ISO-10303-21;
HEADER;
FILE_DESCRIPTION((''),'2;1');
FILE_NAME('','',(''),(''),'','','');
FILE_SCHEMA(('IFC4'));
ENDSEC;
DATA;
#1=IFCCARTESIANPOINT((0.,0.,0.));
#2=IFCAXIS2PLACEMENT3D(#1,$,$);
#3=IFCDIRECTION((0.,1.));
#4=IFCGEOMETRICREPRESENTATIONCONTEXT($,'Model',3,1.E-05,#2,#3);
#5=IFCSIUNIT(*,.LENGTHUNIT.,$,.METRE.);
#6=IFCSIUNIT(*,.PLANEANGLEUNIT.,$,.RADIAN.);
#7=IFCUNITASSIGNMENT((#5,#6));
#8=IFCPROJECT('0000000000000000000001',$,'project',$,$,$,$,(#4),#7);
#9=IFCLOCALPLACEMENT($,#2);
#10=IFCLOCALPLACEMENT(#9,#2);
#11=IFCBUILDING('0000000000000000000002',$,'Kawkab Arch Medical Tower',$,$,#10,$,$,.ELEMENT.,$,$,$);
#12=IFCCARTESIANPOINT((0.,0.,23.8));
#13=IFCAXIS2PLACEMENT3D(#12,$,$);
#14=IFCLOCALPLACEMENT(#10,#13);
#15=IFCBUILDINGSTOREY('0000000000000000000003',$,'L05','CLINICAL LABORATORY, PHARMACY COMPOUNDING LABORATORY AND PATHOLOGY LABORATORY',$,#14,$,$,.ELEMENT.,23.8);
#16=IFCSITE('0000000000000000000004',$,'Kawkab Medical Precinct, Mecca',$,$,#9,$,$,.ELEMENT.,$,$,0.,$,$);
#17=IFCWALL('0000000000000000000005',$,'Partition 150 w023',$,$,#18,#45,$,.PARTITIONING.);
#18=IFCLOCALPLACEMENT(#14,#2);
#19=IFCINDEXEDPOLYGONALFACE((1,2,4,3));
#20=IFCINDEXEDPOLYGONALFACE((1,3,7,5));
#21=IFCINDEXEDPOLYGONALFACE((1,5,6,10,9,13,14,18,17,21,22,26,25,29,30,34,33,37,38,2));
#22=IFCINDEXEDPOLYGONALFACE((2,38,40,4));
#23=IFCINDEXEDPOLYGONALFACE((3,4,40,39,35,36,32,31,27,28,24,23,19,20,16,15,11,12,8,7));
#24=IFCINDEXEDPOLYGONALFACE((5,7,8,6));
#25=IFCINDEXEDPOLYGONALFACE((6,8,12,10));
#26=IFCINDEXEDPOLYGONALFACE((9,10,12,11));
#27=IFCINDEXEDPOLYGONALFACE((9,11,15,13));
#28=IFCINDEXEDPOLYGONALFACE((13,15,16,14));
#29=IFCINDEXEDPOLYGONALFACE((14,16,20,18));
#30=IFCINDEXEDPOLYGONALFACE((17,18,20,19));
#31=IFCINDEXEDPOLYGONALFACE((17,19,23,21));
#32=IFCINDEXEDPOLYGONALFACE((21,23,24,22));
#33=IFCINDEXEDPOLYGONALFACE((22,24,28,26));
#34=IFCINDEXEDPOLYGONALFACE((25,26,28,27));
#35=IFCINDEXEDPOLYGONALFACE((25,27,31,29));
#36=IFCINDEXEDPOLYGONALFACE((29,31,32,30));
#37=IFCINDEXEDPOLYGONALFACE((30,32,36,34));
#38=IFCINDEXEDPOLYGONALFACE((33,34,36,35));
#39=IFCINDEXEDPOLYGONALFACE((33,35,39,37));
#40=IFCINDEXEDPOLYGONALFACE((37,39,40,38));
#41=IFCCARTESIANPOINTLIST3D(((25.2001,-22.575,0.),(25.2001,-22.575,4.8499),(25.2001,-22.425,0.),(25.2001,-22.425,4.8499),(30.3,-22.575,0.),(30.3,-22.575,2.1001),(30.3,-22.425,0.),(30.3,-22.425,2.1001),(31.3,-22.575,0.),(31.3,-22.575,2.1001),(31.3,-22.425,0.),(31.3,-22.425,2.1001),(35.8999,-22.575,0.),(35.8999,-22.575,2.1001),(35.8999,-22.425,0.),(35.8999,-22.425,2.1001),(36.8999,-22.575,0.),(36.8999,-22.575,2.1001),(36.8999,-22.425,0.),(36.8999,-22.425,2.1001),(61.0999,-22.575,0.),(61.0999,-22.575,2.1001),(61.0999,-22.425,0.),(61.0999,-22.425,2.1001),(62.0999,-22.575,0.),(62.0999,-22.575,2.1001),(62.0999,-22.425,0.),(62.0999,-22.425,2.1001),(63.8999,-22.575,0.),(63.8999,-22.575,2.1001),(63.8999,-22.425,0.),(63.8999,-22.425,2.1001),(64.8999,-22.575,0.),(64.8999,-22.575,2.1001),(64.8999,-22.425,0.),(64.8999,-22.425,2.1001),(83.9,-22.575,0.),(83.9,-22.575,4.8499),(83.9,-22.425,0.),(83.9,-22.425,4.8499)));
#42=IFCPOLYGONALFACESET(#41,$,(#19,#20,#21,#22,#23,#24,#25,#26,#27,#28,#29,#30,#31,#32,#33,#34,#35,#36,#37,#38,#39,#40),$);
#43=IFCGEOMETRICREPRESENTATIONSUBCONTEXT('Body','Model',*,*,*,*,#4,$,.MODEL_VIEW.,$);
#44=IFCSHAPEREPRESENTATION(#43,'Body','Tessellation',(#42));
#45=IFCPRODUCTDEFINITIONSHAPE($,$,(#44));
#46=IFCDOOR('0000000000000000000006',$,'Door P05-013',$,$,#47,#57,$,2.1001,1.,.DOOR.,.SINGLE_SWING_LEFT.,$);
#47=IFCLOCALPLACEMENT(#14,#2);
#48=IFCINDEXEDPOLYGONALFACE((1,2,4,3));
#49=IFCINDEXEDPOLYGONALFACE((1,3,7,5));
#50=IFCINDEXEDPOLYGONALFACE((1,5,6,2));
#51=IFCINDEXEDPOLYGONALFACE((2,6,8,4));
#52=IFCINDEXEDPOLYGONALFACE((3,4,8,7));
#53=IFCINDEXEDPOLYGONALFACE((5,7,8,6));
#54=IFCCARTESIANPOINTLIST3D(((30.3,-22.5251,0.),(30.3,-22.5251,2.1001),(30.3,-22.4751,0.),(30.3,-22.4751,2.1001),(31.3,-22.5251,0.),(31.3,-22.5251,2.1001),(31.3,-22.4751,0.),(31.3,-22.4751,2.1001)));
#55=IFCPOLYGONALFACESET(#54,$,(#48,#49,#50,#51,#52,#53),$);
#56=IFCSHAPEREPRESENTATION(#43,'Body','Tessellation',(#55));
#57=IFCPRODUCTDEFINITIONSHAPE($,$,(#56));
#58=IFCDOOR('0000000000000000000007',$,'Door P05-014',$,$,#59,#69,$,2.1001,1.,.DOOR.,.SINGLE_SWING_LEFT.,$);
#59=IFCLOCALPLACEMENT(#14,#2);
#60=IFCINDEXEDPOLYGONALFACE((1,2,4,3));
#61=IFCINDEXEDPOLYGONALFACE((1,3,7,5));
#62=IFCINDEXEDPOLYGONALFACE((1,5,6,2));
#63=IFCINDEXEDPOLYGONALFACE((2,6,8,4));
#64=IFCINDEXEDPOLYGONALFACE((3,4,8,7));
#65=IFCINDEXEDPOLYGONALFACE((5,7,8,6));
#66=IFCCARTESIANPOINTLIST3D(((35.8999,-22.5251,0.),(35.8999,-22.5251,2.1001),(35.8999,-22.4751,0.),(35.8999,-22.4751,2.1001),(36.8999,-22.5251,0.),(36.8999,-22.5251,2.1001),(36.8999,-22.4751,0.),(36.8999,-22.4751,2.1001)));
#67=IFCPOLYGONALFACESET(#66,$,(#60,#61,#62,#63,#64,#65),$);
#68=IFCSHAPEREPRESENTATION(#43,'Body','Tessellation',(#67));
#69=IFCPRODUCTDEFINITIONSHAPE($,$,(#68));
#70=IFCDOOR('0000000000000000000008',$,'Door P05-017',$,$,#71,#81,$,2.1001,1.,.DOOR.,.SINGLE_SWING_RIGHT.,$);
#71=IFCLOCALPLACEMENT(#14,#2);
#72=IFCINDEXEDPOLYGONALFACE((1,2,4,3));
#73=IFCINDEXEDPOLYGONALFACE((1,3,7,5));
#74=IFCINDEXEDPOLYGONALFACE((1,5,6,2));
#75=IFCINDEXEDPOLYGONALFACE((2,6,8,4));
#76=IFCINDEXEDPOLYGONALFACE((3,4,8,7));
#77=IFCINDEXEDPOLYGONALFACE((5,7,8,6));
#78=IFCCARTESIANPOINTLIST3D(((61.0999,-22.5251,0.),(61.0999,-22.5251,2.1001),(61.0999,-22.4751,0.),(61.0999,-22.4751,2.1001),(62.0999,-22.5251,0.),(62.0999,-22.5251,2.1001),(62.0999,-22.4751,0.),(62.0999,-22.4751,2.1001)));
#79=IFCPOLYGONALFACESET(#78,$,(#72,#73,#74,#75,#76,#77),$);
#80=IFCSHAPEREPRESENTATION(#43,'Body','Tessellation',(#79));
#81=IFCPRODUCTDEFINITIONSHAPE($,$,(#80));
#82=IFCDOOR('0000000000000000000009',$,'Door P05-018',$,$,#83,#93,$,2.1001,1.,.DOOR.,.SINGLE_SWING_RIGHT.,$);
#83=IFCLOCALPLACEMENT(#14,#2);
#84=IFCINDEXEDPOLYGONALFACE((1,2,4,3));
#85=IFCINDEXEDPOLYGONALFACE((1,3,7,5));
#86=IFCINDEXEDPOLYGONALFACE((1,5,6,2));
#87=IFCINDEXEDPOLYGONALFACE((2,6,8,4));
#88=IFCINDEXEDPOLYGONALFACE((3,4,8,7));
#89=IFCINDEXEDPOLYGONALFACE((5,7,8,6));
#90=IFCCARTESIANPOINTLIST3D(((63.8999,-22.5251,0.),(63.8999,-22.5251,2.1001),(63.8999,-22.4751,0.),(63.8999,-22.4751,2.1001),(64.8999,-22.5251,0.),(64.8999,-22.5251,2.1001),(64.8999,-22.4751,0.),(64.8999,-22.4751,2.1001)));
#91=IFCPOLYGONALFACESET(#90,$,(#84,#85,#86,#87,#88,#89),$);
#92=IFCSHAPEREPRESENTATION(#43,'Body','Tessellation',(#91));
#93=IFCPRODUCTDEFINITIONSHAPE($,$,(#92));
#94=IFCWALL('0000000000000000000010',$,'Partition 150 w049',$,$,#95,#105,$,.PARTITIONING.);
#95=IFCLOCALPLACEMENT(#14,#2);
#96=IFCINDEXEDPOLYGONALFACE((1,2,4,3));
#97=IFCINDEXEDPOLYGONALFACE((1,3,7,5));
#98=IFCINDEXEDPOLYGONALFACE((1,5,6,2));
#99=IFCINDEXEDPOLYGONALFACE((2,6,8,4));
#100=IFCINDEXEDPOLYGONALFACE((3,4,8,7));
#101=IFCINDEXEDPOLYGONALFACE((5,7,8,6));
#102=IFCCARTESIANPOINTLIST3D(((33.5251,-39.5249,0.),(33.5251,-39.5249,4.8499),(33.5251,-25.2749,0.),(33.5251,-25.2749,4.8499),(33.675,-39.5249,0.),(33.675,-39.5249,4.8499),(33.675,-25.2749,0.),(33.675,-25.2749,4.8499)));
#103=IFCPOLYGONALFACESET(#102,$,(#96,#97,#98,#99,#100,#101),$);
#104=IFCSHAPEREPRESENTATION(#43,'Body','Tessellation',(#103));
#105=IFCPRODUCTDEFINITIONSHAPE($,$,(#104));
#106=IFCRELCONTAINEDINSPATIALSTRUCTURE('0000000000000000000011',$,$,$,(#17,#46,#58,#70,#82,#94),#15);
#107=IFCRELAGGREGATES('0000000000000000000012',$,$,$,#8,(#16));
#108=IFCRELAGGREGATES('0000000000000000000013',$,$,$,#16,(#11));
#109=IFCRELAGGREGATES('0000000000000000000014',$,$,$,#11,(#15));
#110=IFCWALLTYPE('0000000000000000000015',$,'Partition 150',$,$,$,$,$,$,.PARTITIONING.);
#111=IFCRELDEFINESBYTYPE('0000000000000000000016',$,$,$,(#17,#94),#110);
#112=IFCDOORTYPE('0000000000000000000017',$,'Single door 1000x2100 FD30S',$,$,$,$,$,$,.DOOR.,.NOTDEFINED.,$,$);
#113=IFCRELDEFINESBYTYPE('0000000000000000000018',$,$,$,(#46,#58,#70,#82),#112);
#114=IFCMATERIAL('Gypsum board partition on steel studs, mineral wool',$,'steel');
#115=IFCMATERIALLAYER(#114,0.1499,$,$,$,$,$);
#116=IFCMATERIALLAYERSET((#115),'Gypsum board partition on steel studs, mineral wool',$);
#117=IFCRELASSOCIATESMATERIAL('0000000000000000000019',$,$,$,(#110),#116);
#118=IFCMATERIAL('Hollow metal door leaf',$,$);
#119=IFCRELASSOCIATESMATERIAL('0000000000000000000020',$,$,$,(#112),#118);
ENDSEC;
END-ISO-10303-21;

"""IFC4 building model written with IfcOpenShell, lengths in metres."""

from ifc_helpers import new_model, si_unit, direction, frame, frame_2d, origin, place, context, subcontext, project, spatial, rectangle, extrude, material, layer, layer_set, type_object, element, fill, save


model = new_model("IFC4")

# Units and contexts
model_context = context("Model", 3, precision=1e-05, world=origin(), true_north=direction((0.0, 1.0)))
body_context = subcontext(model_context, "Body", "Model", "MODEL_VIEW")
ifc_project = project(units=[si_unit("LENGTHUNIT", "METRE"), si_unit("PLANEANGLEUNIT", "RADIAN")], contexts=[model_context])

# Site, building, storey
site_placement = place(None, origin())
site = spatial("IfcSite", under=ifc_project, at=site_placement, Name="Kawkab Medical Precinct, Mecca", CompositionType="ELEMENT", RefElevation=0.0)
building_placement = place(site_placement, origin())
building = spatial("IfcBuilding", under=site, at=building_placement, Name="Kawkab Arch Medical Tower", CompositionType="ELEMENT")
storey_placement = place(building_placement, frame((0.0, 0.0, 23.8)))
storey = spatial("IfcBuildingStorey", under=building, at=storey_placement, Name="L05", Description="CLINICAL LABORATORY, PHARMACY COMPOUNDING LABORATORY AND PATHOLOGY LABORATORY", CompositionType="ELEMENT", Elevation=23.8)

# Wall, openings, doors
ifc_material_1 = material(Name="Gypsum board partition on steel studs, mineral wool", Category="steel")
ifc_layer = layer(ifc_material_1, 0.1499)
ifc_layer_set = layer_set([ifc_layer], Name="Gypsum board partition on steel studs, mineral wool")
wall_type = type_object("IfcWallType", Name="Partition 150", PredefinedType="PARTITIONING", material=ifc_layer_set)
ifc_material_2 = material(Name="Hollow metal door leaf")
door_type = type_object("IfcDoorType", Name="Single door 1000x2100 FD30S", OperationType="NOTDEFINED", PredefinedType="DOOR", material=ifc_material_2)
wall_1_placement = place(storey_placement, frame((25.2, -22.5, 0.0), z_axis=(0.0, 0.0, 1.0), x_axis=(1.0, 0.0, 0.0)))
wall_1 = element("IfcWall", 1, at=wall_1_placement, inside=storey, type_object=wall_type, Name="Partition 150 w023", PredefinedType="PARTITIONING", context=body_context, shape_type="SweptSolid", body=[
    extrude(rectangle(XDim=58.7, YDim=0.1499, at=frame_2d((29.3501, 0.0))), origin(), (0.0, 0.0, 1.0), 4.8499),
])
opening_1_placement = place(wall_1_placement, frame((5.1001, 0.0, 0.0)))
opening_1 = element("IfcOpeningElement", 2, at=opening_1_placement, cuts=wall_1, PredefinedType="OPENING", context=body_context, shape_type="SweptSolid", body=[
    extrude(rectangle(XDim=1.0, YDim=2.1001, at=frame_2d((0.5, 1.05))), frame((0.0, 0.085, 0.0), z_axis=(0.0, -1.0, 0.0), x_axis=(1.0, 0.0, 0.0)), (0.0, 0.0, 1.0), 0.1699),
])
opening_2_placement = place(wall_1_placement, frame((10.7, 0.0, 0.0)))
opening_2 = element("IfcOpeningElement", 3, at=opening_2_placement, cuts=wall_1, PredefinedType="OPENING", context=body_context, shape_type="SweptSolid", body=[
    extrude(rectangle(XDim=1.0, YDim=2.1001, at=frame_2d((0.5, 1.05))), frame((0.0, 0.085, 0.0), z_axis=(0.0, -1.0, 0.0), x_axis=(1.0, 0.0, 0.0)), (0.0, 0.0, 1.0), 0.1699),
])
opening_3_placement = place(wall_1_placement, frame((35.8999, 0.0, 0.0)))
opening_3 = element("IfcOpeningElement", 4, at=opening_3_placement, cuts=wall_1, PredefinedType="OPENING", context=body_context, shape_type="SweptSolid", body=[
    extrude(rectangle(XDim=1.0, YDim=2.1001, at=frame_2d((0.5, 1.05))), frame((0.0, 0.085, 0.0), z_axis=(0.0, -1.0, 0.0), x_axis=(1.0, 0.0, 0.0)), (0.0, 0.0, 1.0), 0.1699),
])
opening_4_placement = place(wall_1_placement, frame((38.7, 0.0, 0.0)))
opening_4 = element("IfcOpeningElement", 5, at=opening_4_placement, cuts=wall_1, PredefinedType="OPENING", context=body_context, shape_type="SweptSolid", body=[
    extrude(rectangle(XDim=1.0, YDim=2.1001, at=frame_2d((0.5, 1.05))), frame((0.0, 0.085, 0.0), z_axis=(0.0, -1.0, 0.0), x_axis=(1.0, 0.0, 0.0)), (0.0, 0.0, 1.0), 0.1699),
])
door_1_placement = place(opening_1_placement, origin())
door_1 = element("IfcDoor", 6, at=door_1_placement, inside=storey, type_object=door_type, Name="Door P05-013", OperationType="SINGLE_SWING_LEFT", OverallHeight=2.1001, OverallWidth=1.0, PredefinedType="DOOR", context=body_context, shape_type="SweptSolid", body=[
    extrude(rectangle(XDim=1.0, YDim=2.1001, at=frame_2d((0.5, 1.05))), frame((0.0, 0.0249, 0.0), z_axis=(0.0, -1.0, 0.0), x_axis=(1.0, 0.0, 0.0)), (0.0, 0.0, 1.0), 0.05),
])
fill(opening_1, door_1)
door_2_placement = place(opening_2_placement, origin())
door_2 = element("IfcDoor", 7, at=door_2_placement, inside=storey, type_object=door_type, Name="Door P05-014", OperationType="SINGLE_SWING_LEFT", OverallHeight=2.1001, OverallWidth=1.0, PredefinedType="DOOR", context=body_context, shape_type="SweptSolid", body=[
    extrude(rectangle(XDim=1.0, YDim=2.1001, at=frame_2d((0.5, 1.05))), frame((0.0, 0.0249, 0.0), z_axis=(0.0, -1.0, 0.0), x_axis=(1.0, 0.0, 0.0)), (0.0, 0.0, 1.0), 0.05),
])
fill(opening_2, door_2)
door_3_placement = place(opening_3_placement, origin())
door_3 = element("IfcDoor", 8, at=door_3_placement, inside=storey, type_object=door_type, Name="Door P05-017", OperationType="SINGLE_SWING_RIGHT", OverallHeight=2.1001, OverallWidth=1.0, PredefinedType="DOOR", context=body_context, shape_type="SweptSolid", body=[
    extrude(rectangle(XDim=1.0, YDim=2.1001, at=frame_2d((0.5, 1.05))), frame((0.0, 0.0249, 0.0), z_axis=(0.0, -1.0, 0.0), x_axis=(1.0, 0.0, 0.0)), (0.0, 0.0, 1.0), 0.05),
])
fill(opening_3, door_3)
door_4_placement = place(opening_4_placement, origin())
door_4 = element("IfcDoor", 9, at=door_4_placement, inside=storey, type_object=door_type, Name="Door P05-018", OperationType="SINGLE_SWING_RIGHT", OverallHeight=2.1001, OverallWidth=1.0, PredefinedType="DOOR", context=body_context, shape_type="SweptSolid", body=[
    extrude(rectangle(XDim=1.0, YDim=2.1001, at=frame_2d((0.5, 1.05))), frame((0.0, 0.0249, 0.0), z_axis=(0.0, -1.0, 0.0), x_axis=(1.0, 0.0, 0.0)), (0.0, 0.0, 1.0), 0.05),
])
fill(opening_4, door_4)

# Wall
wall_2_placement = place(storey_placement, frame((33.6001, -39.5249, 0.0), z_axis=(0.0, 0.0, 1.0), x_axis=(0.0, 1.0, 0.0)))
element("IfcWall", 10, at=wall_2_placement, inside=storey, type_object=wall_type, Name="Partition 150 w049", PredefinedType="PARTITIONING", context=body_context, shape_type="SweptSolid", body=[
    extrude(rectangle(XDim=14.25, YDim=0.1499, at=frame_2d((7.125, 0.0))), origin(), (0.0, 0.0, 1.0), 4.8499),
])

save(model, "model.ifc")
